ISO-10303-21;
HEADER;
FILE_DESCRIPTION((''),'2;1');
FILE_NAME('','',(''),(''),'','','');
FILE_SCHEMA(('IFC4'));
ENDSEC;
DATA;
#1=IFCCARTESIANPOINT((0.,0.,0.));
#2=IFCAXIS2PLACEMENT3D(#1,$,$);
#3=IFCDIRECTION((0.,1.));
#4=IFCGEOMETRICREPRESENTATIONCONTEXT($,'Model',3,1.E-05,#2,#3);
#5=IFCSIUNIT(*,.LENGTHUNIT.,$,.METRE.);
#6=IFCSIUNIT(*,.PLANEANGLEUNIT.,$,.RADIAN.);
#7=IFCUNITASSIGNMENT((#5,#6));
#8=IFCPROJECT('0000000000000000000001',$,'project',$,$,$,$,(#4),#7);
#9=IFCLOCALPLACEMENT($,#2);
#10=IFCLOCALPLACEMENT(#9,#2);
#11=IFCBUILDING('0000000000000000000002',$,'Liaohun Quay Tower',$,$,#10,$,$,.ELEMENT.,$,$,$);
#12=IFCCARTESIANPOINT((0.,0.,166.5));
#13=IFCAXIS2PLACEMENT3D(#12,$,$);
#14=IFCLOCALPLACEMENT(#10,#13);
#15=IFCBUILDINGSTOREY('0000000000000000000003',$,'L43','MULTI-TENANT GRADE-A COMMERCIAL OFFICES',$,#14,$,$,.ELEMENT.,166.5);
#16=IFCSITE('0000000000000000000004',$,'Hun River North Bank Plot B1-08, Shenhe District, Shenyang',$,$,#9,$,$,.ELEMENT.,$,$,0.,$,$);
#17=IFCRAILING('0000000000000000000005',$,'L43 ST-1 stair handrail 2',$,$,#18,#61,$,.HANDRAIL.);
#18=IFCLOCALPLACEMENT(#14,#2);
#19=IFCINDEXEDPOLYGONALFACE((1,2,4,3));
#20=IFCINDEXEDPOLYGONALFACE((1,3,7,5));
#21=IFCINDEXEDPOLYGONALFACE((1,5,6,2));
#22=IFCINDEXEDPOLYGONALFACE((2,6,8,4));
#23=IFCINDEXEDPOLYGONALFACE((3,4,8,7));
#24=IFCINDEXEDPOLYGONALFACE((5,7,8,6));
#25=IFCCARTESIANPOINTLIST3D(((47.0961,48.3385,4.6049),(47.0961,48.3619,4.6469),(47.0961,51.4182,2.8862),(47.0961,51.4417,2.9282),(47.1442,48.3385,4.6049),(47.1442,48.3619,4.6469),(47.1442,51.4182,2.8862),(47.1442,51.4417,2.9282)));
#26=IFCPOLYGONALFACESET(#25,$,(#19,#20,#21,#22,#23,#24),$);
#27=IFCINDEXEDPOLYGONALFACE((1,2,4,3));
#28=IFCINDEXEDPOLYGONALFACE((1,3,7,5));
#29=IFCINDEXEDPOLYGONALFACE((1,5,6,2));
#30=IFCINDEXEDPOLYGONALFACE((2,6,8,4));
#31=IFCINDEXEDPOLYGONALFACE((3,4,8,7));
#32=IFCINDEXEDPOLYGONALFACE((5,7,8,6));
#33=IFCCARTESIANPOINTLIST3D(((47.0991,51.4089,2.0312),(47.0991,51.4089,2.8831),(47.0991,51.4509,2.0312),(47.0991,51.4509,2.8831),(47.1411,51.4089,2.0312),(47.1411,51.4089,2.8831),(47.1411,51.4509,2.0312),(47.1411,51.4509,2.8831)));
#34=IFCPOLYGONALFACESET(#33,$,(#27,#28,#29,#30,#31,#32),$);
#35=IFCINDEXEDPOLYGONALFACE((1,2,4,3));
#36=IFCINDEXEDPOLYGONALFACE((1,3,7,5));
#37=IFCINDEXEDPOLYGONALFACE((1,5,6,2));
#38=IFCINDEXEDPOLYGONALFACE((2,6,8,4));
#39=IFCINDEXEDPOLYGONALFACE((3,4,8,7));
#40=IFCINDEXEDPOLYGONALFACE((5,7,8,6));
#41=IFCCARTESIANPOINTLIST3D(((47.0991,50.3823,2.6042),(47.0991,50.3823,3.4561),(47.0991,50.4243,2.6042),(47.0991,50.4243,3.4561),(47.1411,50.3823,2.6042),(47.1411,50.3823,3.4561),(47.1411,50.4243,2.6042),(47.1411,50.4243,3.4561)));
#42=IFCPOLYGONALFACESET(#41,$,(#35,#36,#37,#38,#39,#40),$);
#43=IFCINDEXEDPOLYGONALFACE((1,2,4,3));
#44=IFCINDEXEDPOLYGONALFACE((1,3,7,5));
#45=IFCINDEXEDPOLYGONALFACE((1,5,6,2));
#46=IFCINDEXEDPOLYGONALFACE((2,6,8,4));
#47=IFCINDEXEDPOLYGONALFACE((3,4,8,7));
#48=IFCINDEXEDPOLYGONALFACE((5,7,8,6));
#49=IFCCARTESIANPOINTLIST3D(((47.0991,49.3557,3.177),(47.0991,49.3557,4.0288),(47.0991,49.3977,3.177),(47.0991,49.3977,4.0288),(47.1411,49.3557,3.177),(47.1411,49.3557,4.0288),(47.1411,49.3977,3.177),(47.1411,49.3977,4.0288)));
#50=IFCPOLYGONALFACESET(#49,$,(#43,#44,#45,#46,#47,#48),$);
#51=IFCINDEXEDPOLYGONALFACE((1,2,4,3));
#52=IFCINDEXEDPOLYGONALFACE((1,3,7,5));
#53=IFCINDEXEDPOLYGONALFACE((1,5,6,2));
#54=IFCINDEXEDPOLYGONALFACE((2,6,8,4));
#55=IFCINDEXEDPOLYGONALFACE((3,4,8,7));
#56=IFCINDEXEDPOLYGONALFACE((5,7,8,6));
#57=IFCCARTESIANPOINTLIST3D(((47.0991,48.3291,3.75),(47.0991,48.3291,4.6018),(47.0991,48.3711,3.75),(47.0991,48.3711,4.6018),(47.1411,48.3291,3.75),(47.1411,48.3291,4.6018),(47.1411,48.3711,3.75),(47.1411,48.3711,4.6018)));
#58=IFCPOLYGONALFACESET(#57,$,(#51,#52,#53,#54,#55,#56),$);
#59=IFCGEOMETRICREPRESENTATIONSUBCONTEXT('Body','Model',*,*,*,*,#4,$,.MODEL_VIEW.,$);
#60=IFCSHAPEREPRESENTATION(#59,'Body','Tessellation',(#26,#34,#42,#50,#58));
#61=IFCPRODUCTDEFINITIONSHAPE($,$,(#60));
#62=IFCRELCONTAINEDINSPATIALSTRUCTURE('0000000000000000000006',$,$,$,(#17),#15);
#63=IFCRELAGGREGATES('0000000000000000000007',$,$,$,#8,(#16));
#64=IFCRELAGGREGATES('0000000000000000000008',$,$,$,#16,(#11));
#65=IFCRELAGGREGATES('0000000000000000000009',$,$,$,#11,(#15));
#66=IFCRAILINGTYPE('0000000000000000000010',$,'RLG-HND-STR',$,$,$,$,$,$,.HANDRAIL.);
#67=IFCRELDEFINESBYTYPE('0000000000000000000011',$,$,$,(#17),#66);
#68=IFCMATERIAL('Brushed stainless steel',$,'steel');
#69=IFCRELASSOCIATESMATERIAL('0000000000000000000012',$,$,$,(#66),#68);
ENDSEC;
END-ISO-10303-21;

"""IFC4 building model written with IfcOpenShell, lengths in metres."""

from ifc_helpers import new_model, si_unit, direction, frame, origin, origin_2d, place, context, subcontext, project, spatial, rectangle, extrude, material, type_object, element, save


model = new_model("IFC4")

# Units and contexts
model_context = context("Model", 3, precision=1e-05, world=origin(), true_north=direction((0.0, 1.0)))
body_context = subcontext(model_context, "Body", "Model", "MODEL_VIEW")
ifc_project = project(units=[si_unit("LENGTHUNIT", "METRE"), si_unit("PLANEANGLEUNIT", "RADIAN")], contexts=[model_context])

# Site, building, storey
site_placement = place(None, origin())
site = spatial("IfcSite", under=ifc_project, at=site_placement, Name="Hun River North Bank Plot B1-08, Shenhe District, Shenyang", CompositionType="ELEMENT", RefElevation=0.0)
building_placement = place(site_placement, origin())
building = spatial("IfcBuilding", under=site, at=building_placement, Name="Liaohun Quay Tower", CompositionType="ELEMENT")
storey_placement = place(building_placement, frame((0.0, 0.0, 166.5)))
storey = spatial("IfcBuildingStorey", under=building, at=storey_placement, Name="L43", Description="MULTI-TENANT GRADE-A COMMERCIAL OFFICES", CompositionType="ELEMENT", Elevation=166.5)

# Railing
ifc_material_1 = material(Name="Brushed stainless steel", Category="steel")
railing_type_1 = type_object("IfcRailingType", Name="RLG-HND-STR", PredefinedType="HANDRAIL", material=ifc_material_1)
railing_1_placement = place(storey_placement, frame((47.1201, 51.4299, 2.0312)))
element("IfcRailing", 1, at=railing_1_placement, inside=storey, type_object=railing_type_1, Name="L43 ST-1 stair handrail 2", PredefinedType="HANDRAIL", context=body_context, shape_type="SweptSolid", body=[
    extrude(rectangle(XDim=0.0481, YDim=0.0481, at=origin_2d()), frame((0.0, 0.0, 0.876), z_axis=(0.0, -0.873225, 0.487317), x_axis=(1.0, 0.0, 0.0)), (0.0, 0.0, 1.0), 3.5269),
    extrude(rectangle(XDim=0.042, YDim=0.042, at=origin_2d()), origin(), (0.0, 0.0, 1.0), 0.8518),
    extrude(rectangle(XDim=0.042, YDim=0.042, at=origin_2d()), frame((0.0, -1.0266, 0.573)), (0.0, 0.0, 1.0), 0.8518),
    extrude(rectangle(XDim=0.042, YDim=0.042, at=origin_2d()), frame((0.0, -2.0532, 1.1458)), (0.0, 0.0, 1.0), 0.8518),
    extrude(rectangle(XDim=0.042, YDim=0.042, at=origin_2d()), frame((0.0, -3.0798, 1.7188)), (0.0, 0.0, 1.0), 0.8518),
])

save(model, "model.ifc")
